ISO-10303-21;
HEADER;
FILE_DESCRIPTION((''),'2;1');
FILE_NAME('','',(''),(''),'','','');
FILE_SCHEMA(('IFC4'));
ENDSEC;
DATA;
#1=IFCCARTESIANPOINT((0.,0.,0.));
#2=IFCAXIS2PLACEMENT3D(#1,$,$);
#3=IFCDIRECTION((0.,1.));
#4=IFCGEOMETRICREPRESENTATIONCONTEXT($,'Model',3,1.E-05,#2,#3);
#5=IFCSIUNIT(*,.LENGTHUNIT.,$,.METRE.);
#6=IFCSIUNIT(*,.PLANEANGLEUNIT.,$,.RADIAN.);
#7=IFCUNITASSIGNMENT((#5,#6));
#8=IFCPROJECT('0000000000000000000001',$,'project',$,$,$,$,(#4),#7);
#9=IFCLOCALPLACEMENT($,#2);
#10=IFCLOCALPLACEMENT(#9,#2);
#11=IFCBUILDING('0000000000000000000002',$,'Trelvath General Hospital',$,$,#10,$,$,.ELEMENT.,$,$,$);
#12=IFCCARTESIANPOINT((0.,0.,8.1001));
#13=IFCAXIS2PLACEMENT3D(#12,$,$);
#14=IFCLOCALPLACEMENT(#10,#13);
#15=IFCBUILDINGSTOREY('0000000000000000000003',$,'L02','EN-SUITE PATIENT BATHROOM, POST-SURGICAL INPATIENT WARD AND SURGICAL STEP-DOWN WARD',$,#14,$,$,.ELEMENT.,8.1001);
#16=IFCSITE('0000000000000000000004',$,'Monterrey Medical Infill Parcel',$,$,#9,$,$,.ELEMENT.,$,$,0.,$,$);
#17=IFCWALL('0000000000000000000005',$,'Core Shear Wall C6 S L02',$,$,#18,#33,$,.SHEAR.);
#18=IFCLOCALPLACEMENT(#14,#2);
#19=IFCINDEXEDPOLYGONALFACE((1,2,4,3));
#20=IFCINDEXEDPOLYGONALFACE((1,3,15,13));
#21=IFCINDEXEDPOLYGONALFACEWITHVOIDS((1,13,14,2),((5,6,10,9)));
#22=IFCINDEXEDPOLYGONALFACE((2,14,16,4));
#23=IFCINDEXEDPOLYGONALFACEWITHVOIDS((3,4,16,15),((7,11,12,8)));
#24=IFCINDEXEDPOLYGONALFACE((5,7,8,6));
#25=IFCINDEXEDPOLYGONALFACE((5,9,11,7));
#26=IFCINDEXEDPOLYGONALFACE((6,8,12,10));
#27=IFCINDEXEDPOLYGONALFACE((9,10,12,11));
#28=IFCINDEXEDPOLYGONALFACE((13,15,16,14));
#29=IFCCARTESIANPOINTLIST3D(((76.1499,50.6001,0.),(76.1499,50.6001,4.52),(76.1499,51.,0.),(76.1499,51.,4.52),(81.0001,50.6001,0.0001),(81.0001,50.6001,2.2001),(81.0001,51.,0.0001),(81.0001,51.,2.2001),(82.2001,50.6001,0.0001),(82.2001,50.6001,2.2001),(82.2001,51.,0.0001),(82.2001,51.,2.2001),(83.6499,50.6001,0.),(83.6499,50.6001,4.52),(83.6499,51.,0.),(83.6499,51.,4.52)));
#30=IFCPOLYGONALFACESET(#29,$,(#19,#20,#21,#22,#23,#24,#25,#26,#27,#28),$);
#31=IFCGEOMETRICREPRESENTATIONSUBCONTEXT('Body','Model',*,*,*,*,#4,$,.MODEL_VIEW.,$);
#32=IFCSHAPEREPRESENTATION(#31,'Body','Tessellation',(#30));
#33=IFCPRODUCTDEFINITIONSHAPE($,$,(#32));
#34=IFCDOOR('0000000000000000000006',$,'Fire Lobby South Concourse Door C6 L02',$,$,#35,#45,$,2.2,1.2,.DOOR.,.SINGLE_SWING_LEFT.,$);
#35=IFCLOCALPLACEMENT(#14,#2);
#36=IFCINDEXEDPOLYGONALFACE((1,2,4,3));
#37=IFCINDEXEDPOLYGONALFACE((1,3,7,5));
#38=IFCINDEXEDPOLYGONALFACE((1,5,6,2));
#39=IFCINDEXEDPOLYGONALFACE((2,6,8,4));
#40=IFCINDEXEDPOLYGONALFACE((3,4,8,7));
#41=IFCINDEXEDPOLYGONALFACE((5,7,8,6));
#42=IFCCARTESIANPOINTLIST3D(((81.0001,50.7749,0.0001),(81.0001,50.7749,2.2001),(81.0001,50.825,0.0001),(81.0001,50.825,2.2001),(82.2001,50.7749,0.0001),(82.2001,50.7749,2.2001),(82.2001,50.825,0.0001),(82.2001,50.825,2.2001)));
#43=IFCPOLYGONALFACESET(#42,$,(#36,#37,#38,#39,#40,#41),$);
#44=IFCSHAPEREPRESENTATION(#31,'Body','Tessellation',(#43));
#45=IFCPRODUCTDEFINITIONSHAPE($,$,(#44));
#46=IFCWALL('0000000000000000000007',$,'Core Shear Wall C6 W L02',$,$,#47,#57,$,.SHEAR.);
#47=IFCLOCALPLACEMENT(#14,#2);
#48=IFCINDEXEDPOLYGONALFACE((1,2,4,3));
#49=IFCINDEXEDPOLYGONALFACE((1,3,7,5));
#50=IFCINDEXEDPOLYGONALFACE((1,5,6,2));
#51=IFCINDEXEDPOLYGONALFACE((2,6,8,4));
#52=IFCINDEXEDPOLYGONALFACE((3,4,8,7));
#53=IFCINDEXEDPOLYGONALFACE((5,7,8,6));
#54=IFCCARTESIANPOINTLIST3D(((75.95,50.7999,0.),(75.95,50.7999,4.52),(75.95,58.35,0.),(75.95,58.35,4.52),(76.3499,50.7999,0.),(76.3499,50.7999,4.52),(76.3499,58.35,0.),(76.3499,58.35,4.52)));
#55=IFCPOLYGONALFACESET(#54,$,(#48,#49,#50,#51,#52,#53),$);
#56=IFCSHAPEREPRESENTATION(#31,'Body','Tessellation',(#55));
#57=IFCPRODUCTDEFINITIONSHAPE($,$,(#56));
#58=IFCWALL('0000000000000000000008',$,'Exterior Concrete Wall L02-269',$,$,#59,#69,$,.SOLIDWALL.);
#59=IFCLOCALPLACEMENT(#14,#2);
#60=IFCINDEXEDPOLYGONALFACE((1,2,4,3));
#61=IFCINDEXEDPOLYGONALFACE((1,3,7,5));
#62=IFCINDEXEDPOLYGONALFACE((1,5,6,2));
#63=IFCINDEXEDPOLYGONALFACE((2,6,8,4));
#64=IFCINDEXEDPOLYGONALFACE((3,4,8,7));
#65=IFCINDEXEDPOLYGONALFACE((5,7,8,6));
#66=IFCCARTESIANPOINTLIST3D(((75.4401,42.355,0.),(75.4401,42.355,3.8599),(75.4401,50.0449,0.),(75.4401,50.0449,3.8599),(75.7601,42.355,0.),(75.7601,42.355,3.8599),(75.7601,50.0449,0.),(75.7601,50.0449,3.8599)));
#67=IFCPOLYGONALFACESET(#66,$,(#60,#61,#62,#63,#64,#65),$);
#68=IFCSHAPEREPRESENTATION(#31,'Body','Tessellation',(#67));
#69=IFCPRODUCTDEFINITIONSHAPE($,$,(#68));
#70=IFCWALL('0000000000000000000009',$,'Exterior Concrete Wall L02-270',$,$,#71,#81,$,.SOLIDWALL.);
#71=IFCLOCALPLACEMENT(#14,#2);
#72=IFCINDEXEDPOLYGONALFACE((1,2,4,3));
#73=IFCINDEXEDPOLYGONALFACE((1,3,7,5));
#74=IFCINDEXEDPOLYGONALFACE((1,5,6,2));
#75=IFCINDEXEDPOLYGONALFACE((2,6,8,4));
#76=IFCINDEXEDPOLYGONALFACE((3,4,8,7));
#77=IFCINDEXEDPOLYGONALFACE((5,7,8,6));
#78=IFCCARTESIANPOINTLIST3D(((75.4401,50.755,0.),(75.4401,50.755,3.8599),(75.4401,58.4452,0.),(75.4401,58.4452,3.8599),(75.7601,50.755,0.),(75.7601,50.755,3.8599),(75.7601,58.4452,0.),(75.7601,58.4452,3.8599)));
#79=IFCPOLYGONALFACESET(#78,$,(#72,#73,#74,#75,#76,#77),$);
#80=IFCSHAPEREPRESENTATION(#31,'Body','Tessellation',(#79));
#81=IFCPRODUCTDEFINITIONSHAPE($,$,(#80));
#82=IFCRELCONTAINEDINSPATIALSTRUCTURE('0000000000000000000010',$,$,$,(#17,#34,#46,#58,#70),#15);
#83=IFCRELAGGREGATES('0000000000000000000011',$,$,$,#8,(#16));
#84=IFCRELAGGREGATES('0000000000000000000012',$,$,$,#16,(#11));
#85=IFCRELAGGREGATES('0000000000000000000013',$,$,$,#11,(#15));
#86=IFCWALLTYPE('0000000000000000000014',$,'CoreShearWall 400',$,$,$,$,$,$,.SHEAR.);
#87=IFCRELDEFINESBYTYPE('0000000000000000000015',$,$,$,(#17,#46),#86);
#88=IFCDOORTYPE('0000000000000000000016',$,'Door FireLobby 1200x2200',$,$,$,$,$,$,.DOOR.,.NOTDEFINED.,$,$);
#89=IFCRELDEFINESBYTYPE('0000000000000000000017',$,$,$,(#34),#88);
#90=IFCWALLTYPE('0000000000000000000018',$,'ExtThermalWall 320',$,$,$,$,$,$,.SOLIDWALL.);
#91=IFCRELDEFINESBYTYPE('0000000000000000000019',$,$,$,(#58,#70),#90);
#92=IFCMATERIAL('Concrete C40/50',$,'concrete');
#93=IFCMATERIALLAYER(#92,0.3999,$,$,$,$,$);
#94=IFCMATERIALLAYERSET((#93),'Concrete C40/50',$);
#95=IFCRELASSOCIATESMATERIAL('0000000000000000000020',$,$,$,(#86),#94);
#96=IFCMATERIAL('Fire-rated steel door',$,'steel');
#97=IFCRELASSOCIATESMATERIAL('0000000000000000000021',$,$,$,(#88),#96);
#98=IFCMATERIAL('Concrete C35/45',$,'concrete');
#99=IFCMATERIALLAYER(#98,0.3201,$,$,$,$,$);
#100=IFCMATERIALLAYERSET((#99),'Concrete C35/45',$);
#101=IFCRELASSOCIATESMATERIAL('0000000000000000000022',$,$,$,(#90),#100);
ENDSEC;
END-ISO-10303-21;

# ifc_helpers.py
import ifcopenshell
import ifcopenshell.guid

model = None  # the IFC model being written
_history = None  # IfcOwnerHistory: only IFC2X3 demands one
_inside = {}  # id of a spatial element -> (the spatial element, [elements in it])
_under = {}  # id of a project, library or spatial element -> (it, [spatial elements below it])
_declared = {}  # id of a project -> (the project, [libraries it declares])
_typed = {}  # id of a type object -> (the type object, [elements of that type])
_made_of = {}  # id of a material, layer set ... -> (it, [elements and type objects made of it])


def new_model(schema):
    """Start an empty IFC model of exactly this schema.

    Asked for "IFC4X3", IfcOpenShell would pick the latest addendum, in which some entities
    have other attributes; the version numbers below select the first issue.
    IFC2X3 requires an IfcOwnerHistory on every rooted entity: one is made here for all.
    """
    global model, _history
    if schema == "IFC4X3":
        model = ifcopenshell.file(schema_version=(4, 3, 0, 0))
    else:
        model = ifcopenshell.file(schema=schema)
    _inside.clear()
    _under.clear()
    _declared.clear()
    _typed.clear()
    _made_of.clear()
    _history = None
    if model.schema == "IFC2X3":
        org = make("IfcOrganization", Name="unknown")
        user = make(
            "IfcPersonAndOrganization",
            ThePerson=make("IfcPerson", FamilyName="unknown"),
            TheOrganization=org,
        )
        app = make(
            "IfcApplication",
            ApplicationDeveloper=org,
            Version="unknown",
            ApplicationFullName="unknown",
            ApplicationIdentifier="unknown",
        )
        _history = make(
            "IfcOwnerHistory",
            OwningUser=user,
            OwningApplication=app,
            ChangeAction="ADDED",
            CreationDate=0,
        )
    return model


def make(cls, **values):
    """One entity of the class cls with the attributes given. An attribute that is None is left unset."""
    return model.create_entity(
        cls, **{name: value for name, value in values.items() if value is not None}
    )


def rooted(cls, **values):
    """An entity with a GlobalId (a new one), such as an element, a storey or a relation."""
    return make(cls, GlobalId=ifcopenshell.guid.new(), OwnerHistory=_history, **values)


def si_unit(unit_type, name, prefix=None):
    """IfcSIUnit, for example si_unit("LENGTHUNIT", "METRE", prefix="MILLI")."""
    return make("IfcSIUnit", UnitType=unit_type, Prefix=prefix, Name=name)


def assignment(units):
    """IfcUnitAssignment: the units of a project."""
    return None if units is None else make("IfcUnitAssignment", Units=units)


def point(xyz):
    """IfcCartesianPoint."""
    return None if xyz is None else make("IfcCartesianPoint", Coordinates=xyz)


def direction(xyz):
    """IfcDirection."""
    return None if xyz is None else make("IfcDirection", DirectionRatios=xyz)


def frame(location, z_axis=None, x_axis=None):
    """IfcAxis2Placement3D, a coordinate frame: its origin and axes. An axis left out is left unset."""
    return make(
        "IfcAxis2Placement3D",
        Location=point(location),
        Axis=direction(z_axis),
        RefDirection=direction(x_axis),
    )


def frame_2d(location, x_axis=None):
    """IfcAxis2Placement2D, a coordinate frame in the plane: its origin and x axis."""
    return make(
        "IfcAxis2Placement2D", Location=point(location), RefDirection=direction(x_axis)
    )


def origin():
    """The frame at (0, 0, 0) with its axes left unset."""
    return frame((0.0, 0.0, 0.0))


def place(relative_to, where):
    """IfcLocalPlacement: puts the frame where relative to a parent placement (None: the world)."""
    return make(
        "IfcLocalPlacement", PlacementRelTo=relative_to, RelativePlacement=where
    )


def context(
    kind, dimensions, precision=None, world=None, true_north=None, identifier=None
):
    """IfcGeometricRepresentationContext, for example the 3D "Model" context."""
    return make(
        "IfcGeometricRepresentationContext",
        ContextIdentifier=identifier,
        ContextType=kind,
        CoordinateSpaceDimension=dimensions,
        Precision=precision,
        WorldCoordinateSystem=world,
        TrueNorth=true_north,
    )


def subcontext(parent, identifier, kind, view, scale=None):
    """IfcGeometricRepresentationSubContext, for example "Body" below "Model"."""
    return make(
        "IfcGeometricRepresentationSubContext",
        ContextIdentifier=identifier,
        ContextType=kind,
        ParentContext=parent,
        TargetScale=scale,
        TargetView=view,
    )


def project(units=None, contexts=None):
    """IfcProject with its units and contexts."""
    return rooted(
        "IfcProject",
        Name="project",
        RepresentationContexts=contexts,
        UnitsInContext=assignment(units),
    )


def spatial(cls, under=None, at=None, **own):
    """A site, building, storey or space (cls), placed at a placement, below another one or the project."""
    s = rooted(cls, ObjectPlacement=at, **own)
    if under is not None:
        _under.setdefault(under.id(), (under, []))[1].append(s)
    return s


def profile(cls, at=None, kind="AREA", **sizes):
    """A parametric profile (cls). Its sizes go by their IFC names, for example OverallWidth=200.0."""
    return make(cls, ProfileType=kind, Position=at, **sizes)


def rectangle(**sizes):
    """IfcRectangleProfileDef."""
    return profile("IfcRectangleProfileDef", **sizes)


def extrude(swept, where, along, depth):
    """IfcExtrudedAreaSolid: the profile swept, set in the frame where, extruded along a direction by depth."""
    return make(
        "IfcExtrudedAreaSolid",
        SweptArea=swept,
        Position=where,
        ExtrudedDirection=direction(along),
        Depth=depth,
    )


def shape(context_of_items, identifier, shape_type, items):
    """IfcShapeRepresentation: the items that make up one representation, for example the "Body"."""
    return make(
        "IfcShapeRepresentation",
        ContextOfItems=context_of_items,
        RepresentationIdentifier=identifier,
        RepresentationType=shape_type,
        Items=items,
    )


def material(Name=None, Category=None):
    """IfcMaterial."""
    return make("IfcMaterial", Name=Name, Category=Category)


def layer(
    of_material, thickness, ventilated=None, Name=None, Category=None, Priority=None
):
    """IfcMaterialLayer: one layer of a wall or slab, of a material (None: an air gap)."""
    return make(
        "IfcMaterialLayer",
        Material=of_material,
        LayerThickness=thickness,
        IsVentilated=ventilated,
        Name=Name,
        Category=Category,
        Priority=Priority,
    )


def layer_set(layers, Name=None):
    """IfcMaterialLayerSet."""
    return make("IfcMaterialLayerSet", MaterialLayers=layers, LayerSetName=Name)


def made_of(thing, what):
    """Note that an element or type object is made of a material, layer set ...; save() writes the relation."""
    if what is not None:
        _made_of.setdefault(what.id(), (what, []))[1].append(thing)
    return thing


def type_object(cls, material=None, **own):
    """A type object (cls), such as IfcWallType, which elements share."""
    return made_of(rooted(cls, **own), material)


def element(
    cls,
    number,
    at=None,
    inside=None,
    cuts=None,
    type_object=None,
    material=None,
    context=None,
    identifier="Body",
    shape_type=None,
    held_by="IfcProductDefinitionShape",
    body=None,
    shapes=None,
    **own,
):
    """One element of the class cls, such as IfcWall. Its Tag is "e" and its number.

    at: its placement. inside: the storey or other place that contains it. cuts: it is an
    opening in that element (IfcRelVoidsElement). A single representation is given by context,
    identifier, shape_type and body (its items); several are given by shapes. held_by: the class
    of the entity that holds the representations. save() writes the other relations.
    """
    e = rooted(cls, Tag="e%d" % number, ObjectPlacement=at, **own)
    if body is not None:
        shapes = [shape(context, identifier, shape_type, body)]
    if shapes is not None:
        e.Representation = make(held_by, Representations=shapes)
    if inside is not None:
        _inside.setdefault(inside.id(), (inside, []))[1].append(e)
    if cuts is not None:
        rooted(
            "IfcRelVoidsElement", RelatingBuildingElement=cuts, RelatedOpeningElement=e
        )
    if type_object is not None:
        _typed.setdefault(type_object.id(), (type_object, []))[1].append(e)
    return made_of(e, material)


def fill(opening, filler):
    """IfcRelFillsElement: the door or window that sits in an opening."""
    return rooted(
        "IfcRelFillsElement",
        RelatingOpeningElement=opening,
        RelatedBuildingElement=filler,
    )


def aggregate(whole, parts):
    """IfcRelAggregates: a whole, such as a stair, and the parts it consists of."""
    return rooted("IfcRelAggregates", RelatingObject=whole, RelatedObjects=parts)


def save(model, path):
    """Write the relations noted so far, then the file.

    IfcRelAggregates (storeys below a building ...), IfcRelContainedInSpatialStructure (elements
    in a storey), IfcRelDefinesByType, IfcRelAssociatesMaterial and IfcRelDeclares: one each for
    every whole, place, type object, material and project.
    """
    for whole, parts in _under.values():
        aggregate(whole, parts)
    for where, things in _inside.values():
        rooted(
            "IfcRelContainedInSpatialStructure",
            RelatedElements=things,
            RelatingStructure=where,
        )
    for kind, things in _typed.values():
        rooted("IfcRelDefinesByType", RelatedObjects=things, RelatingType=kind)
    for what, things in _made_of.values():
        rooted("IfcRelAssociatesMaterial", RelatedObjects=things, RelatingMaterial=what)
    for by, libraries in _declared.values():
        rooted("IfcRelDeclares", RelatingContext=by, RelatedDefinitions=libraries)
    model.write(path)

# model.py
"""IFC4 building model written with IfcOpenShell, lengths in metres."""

from ifc_helpers import new_model, si_unit, direction, frame, frame_2d, origin, place, context, subcontext, project, spatial, rectangle, extrude, material, layer, layer_set, type_object, element, fill, save


model = new_model("IFC4")

# Units and contexts
model_context = context("Model", 3, precision=1e-05, world=origin(), true_north=direction((0.0, 1.0)))
body_context = subcontext(model_context, "Body", "Model", "MODEL_VIEW")
ifc_project = project(units=[si_unit("LENGTHUNIT", "METRE"), si_unit("PLANEANGLEUNIT", "RADIAN")], contexts=[model_context])

# Site, building, storey
site_placement = place(None, origin())
site = spatial("IfcSite", under=ifc_project, at=site_placement, Name="Monterrey Medical Infill Parcel", CompositionType="ELEMENT", RefElevation=0.0)
building_placement = place(site_placement, origin())
building = spatial("IfcBuilding", under=site, at=building_placement, Name="Trelvath General Hospital", CompositionType="ELEMENT")
storey_placement = place(building_placement, frame((0.0, 0.0, 8.1001)))
storey = spatial("IfcBuildingStorey", under=building, at=storey_placement, Name="L02", Description="EN-SUITE PATIENT BATHROOM, POST-SURGICAL INPATIENT WARD AND SURGICAL STEP-DOWN WARD", CompositionType="ELEMENT", Elevation=8.1001)

# Wall, opening, door
ifc_material_1 = material(Name="Concrete C40/50", Category="concrete")
ifc_layer_1 = layer(ifc_material_1, 0.3999)
ifc_layer_set_1 = layer_set([ifc_layer_1], Name="Concrete C40/50")
wall_type_1 = type_object("IfcWallType", Name="CoreShearWall 400", PredefinedType="SHEAR", material=ifc_layer_set_1)
wall_1_placement = place(storey_placement, frame((76.1499, 50.8, 0.0), z_axis=(0.0, 0.0, 1.0), x_axis=(1.0, 0.0, 0.0)))
wall_1 = element("IfcWall", 1, at=wall_1_placement, inside=storey, type_object=wall_type_1, Name="Core Shear Wall C6 S L02", PredefinedType="SHEAR", context=body_context, shape_type="SweptSolid", body=[
    extrude(rectangle(XDim=7.5, YDim=0.3999, at=frame_2d((3.75, 0.0))), origin(), (0.0, 0.0, 1.0), 4.52),
])
opening_placement = place(wall_1_placement, frame((4.8501, 0.0, 0.0)))
opening = element("IfcOpeningElement", 2, at=opening_placement, cuts=wall_1, PredefinedType="OPENING", context=body_context, shape_type="SweptSolid", body=[
    extrude(rectangle(XDim=1.2, YDim=2.2, at=frame_2d((0.6001, 1.1001))), frame((0.0, 0.21, 0.0), z_axis=(0.0, -1.0, 0.0), x_axis=(1.0, 0.0, 0.0)), (0.0, 0.0, 1.0), 0.4199),
])
ifc_material_2 = material(Name="Fire-rated steel door", Category="steel")
door_type = type_object("IfcDoorType", Name="Door FireLobby 1200x2200", OperationType="NOTDEFINED", PredefinedType="DOOR", material=ifc_material_2)
door_placement = place(opening_placement, origin())
door = element("IfcDoor", 3, at=door_placement, inside=storey, type_object=door_type, Name="Fire Lobby South Concourse Door C6 L02", OperationType="SINGLE_SWING_LEFT", OverallHeight=2.2, OverallWidth=1.2, PredefinedType="DOOR", context=body_context, shape_type="SweptSolid", body=[
    extrude(rectangle(XDim=1.2, YDim=2.2, at=frame_2d((0.6001, 1.1001))), frame((0.0, 0.0249, 0.0), z_axis=(0.0, -1.0, 0.0), x_axis=(1.0, 0.0, 0.0)), (0.0, 0.0, 1.0), 0.05),
])
fill(opening, door)

# Walls
wall_2_placement = place(storey_placement, frame((76.1499, 50.8, 0.0), z_axis=(0.0, 0.0, 1.0), x_axis=(0.0, 1.0, 0.0)))
element("IfcWall", 4, at=wall_2_placement, inside=storey, type_object=wall_type_1, Name="Core Shear Wall C6 W L02", PredefinedType="SHEAR", context=body_context, shape_type="SweptSolid", body=[
    extrude(rectangle(XDim=7.55, YDim=0.3999, at=frame_2d((3.7749, 0.0))), origin(), (0.0, 0.0, 1.0), 4.52),
])
ifc_material_3 = material(Name="Concrete C35/45", Category="concrete")
ifc_layer_2 = layer(ifc_material_3, 0.3201)
ifc_layer_set_2 = layer_set([ifc_layer_2], Name="Concrete C35/45")
wall_type_2 = type_object("IfcWallType", Name="ExtThermalWall 320", PredefinedType="SOLIDWALL", material=ifc_layer_set_2)
wall_3_placement = place(storey_placement, frame((75.6001, 42.355, 0.0), z_axis=(0.0, 0.0, 1.0), x_axis=(0.0, 1.0, 0.0)))
element("IfcWall", 5, at=wall_3_placement, inside=storey, type_object=wall_type_2, Name="Exterior Concrete Wall L02-269", PredefinedType="SOLIDWALL", context=body_context, shape_type="SweptSolid", body=[
    extrude(rectangle(XDim=7.6899, YDim=0.3201, at=frame_2d((3.845, 0.0))), origin(), (0.0, 0.0, 1.0), 3.8599),
])
wall_4_placement = place(storey_placement, frame((75.6001, 50.7549, 0.0), z_axis=(0.0, 0.0, 1.0), x_axis=(0.0, 1.0, 0.0)))
element("IfcWall", 6, at=wall_4_placement, inside=storey, type_object=wall_type_2, Name="Exterior Concrete Wall L02-270", PredefinedType="SOLIDWALL", context=body_context, shape_type="SweptSolid", body=[
    extrude(rectangle(XDim=7.6902, YDim=0.3201, at=frame_2d((3.8452, 0.0))), origin(), (0.0, 0.0, 1.0), 3.8599),
])

save(model, "model.ifc")
